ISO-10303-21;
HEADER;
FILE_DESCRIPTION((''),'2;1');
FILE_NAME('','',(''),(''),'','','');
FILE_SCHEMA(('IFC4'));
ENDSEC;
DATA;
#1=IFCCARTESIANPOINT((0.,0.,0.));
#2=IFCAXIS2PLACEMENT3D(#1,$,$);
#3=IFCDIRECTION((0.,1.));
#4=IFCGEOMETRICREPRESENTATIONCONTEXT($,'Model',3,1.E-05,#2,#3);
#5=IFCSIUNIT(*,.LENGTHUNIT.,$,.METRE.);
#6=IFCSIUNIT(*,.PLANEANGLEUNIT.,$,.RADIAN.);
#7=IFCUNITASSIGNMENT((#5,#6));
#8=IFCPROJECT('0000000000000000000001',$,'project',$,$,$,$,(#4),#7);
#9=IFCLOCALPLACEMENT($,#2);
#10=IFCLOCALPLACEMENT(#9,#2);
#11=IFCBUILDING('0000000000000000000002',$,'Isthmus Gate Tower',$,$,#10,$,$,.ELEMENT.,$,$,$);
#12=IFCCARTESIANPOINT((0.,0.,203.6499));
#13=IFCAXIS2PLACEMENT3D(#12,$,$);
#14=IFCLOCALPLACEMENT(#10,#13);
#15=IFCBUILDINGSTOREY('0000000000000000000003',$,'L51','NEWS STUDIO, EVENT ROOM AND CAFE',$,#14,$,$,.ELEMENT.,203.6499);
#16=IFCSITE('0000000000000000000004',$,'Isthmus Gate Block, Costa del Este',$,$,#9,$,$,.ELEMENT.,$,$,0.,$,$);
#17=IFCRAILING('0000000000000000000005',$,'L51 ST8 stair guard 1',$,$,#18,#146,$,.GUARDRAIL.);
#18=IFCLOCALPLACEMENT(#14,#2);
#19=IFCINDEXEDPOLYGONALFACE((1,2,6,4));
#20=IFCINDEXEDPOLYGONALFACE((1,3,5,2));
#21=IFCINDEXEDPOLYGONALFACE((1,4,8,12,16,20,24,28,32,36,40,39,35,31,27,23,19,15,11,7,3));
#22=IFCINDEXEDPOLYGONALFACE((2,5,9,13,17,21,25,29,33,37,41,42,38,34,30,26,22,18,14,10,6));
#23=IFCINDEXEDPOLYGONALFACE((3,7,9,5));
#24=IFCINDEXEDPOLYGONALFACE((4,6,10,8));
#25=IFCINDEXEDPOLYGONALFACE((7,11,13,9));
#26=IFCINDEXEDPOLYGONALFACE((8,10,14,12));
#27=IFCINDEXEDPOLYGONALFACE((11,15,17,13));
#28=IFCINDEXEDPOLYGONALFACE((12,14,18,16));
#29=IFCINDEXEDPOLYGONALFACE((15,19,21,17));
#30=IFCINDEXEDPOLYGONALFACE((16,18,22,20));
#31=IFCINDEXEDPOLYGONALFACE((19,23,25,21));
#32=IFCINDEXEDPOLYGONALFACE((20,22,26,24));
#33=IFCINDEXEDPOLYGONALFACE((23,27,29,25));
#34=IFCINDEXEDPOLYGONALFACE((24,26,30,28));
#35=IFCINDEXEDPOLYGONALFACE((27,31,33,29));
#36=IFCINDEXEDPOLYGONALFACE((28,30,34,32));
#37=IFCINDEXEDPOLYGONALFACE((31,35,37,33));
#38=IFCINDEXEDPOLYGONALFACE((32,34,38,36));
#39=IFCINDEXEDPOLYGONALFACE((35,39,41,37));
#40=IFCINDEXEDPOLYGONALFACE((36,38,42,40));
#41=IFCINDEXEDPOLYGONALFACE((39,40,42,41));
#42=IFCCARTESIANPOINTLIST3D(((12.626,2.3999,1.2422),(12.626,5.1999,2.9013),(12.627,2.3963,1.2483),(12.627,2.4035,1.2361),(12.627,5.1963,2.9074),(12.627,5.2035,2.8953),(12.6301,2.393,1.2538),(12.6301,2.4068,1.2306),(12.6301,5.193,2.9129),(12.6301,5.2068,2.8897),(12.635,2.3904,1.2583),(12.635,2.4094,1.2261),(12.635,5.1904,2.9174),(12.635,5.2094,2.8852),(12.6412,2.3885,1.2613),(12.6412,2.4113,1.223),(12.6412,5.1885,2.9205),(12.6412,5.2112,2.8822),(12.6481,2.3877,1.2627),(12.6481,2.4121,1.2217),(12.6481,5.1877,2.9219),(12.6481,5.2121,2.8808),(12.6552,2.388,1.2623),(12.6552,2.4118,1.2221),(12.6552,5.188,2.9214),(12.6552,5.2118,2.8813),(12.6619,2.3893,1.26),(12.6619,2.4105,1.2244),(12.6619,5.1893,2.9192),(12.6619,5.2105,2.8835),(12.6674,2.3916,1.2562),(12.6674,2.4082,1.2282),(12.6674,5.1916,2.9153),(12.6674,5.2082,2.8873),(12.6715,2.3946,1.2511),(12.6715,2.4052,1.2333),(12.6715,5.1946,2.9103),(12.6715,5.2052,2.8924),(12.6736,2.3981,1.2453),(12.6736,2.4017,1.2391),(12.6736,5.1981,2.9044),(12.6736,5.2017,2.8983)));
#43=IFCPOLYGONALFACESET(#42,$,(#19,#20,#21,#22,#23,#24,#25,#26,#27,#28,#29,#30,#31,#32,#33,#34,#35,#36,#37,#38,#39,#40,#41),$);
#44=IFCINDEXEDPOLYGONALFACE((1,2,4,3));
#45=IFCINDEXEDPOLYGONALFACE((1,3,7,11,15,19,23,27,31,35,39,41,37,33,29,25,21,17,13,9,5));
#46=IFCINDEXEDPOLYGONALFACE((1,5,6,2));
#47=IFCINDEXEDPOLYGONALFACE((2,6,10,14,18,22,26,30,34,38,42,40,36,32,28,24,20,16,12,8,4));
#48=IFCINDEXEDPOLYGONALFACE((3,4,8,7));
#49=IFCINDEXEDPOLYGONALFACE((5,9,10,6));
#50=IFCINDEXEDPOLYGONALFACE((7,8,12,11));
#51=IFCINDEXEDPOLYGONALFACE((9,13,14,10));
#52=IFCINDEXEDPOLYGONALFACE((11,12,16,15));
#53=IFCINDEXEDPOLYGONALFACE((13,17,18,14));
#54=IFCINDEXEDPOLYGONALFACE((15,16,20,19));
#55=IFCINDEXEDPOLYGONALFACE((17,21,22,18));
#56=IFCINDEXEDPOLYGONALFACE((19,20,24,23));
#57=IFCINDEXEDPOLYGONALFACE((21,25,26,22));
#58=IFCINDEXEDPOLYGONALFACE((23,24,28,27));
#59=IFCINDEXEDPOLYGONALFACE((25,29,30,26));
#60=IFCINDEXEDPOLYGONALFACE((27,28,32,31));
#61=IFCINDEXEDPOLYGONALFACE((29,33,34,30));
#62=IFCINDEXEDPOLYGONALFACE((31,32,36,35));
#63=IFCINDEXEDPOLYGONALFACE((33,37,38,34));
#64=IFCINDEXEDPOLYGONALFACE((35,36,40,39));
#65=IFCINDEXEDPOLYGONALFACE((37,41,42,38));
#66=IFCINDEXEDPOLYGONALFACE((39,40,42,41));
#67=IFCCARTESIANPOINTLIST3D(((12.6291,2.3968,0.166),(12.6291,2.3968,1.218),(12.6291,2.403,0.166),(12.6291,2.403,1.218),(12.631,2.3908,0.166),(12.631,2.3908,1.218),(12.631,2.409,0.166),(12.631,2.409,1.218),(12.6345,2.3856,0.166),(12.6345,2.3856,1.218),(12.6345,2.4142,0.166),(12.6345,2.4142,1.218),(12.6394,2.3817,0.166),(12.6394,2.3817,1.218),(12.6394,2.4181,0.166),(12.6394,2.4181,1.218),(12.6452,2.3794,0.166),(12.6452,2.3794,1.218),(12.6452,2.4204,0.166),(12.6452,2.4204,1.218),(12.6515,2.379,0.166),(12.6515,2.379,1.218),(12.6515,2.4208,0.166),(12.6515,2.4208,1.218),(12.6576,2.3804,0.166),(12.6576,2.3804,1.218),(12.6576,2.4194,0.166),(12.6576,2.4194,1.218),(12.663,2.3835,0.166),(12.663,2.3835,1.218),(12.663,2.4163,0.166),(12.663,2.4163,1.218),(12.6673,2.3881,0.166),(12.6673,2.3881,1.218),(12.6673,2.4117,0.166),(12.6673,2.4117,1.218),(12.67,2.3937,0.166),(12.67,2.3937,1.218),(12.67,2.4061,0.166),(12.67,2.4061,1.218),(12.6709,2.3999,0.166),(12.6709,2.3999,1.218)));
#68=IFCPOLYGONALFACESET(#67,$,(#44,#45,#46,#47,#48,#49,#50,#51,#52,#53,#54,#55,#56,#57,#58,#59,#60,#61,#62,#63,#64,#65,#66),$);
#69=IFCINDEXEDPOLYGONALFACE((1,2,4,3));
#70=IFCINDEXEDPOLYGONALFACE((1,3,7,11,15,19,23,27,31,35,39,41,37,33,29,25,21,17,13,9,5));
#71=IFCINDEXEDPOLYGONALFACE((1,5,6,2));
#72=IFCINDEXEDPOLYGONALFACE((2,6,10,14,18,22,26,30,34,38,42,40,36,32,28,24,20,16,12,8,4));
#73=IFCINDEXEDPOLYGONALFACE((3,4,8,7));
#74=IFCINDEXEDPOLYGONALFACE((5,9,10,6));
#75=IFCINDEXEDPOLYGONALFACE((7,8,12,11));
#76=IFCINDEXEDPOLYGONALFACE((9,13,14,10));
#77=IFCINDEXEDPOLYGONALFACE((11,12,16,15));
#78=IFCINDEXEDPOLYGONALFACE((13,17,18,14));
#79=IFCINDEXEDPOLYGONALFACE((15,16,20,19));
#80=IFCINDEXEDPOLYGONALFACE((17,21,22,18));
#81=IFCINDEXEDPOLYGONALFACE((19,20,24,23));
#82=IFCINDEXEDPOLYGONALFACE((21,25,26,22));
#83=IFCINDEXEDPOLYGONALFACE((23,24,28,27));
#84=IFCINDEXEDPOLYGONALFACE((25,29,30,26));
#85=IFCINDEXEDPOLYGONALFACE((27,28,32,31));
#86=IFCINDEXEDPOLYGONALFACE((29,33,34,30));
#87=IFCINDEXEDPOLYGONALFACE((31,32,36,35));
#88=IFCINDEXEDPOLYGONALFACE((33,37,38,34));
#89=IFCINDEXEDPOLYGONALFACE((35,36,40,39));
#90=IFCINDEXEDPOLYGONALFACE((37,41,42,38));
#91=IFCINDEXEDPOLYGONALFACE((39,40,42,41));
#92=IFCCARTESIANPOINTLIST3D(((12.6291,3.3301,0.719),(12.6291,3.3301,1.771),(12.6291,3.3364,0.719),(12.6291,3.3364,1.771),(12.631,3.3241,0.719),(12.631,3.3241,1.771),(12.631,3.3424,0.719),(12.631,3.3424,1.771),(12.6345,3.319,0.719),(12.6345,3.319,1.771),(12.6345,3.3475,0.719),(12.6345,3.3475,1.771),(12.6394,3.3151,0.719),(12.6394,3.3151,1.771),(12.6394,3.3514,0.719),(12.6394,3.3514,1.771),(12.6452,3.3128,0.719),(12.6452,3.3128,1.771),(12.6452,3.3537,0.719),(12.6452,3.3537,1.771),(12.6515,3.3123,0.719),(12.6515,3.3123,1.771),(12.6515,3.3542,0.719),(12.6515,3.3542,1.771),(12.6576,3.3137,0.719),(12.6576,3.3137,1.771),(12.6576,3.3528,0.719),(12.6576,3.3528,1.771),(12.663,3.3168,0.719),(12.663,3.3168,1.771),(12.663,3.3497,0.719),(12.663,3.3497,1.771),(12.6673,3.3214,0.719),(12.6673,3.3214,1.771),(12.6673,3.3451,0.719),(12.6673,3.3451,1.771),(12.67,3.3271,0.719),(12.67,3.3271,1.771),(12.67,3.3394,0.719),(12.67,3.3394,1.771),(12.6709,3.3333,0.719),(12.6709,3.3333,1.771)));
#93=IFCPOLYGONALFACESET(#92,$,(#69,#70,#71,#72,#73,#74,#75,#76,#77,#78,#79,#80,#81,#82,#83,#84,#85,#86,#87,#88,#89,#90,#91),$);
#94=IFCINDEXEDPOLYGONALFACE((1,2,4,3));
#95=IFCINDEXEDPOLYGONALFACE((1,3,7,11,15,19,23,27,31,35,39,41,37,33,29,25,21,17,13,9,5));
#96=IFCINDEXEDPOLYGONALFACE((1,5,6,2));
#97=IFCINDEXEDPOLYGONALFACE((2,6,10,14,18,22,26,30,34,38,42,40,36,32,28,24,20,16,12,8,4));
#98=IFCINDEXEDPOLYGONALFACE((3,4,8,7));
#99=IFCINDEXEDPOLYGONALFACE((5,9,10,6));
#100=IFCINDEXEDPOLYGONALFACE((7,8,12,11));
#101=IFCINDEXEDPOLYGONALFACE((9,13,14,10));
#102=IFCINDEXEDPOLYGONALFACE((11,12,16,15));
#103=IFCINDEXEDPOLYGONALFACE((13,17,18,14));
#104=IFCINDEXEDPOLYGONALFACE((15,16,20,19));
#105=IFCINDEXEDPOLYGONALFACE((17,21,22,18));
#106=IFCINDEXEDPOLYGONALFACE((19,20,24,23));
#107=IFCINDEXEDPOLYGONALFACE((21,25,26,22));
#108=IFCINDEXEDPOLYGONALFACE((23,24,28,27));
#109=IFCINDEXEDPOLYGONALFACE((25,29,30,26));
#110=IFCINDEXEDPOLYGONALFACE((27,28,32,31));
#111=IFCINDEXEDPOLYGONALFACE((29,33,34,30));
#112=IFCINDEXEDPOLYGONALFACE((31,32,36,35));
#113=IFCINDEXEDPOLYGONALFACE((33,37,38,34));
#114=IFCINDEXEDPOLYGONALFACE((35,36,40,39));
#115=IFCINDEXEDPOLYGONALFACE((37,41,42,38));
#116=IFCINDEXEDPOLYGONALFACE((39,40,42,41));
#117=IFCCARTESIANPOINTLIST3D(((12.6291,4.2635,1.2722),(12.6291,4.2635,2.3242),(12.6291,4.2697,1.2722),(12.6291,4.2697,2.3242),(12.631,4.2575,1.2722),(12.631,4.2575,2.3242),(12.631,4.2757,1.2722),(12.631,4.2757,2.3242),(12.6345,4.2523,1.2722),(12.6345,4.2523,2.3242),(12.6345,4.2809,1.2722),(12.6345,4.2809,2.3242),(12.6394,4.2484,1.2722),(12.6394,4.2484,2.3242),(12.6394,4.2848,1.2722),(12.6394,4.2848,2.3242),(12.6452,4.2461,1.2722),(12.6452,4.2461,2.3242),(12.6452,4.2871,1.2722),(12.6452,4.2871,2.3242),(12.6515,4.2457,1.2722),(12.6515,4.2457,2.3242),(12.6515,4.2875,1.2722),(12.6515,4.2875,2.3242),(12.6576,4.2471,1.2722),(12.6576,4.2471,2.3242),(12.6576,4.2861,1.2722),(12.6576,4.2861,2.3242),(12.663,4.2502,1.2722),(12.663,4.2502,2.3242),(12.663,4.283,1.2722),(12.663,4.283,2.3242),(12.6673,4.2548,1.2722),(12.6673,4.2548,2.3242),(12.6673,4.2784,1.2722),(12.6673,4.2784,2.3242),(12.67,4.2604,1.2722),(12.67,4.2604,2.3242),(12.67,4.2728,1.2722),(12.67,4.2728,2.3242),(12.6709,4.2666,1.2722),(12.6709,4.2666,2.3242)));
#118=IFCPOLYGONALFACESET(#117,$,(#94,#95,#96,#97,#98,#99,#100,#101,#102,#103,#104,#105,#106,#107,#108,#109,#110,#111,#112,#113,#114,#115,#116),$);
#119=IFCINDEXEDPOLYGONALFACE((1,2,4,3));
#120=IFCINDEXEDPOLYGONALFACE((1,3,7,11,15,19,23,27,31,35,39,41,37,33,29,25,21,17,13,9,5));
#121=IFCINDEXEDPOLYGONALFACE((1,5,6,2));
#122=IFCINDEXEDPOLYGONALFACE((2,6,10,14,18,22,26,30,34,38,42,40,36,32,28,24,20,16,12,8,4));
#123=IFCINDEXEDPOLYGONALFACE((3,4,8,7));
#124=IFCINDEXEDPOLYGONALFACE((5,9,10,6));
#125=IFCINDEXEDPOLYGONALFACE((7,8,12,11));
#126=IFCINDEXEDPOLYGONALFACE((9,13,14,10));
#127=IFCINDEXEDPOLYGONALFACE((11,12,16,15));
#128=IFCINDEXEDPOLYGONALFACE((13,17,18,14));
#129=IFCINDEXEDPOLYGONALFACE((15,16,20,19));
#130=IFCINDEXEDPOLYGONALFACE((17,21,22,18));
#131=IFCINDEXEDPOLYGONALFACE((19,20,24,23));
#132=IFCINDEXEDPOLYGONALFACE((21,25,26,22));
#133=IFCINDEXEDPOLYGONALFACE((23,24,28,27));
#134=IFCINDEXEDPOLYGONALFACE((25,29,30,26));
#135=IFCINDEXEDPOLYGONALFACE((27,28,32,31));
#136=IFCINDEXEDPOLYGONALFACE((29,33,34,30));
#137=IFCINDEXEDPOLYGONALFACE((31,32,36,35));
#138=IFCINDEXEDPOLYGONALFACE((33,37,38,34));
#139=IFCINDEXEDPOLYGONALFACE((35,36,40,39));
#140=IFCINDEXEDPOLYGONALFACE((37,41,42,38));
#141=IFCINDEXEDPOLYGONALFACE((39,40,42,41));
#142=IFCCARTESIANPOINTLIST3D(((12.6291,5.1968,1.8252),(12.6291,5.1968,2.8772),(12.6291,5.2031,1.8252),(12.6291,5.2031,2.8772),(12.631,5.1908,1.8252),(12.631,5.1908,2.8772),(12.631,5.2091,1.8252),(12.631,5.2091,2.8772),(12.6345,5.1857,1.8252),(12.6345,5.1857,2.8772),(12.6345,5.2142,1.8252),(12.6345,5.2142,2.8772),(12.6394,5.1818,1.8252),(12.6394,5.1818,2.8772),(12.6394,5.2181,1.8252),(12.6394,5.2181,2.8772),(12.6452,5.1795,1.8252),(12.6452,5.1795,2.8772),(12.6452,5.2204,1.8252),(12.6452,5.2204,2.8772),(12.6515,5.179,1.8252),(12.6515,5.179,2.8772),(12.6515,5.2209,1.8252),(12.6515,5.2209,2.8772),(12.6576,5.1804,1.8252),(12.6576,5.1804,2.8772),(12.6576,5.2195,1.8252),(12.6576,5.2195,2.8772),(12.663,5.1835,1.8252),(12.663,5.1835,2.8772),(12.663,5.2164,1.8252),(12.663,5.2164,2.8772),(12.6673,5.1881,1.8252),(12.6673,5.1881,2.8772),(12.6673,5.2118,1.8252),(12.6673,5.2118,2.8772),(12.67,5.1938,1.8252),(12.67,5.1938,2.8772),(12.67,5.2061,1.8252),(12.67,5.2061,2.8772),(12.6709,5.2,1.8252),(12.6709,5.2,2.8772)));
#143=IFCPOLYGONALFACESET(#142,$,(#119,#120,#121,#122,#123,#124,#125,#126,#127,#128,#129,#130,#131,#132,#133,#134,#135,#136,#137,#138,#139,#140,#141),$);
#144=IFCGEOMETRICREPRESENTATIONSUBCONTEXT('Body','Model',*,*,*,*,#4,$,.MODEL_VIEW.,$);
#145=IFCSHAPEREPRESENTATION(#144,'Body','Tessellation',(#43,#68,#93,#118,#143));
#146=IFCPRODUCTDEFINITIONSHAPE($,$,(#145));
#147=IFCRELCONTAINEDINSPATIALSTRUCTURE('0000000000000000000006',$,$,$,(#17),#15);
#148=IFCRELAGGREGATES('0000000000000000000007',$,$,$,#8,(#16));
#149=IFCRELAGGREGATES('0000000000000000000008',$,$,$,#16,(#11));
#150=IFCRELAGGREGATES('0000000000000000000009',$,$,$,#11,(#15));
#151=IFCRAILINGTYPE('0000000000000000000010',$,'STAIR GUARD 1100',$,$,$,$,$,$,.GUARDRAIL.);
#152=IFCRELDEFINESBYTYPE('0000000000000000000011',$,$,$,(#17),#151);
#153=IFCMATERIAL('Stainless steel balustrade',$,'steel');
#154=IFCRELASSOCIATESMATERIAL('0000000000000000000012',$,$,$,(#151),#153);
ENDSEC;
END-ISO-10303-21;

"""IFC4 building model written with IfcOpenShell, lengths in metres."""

from ifc_helpers import new_model, si_unit, direction, frame, origin, origin_2d, place, context, subcontext, project, spatial, circle, extrude, material, type_object, element, save


model = new_model("IFC4")

# Units and contexts
model_context = context("Model", 3, precision=1e-05, world=origin(), true_north=direction((0.0, 1.0)))
body_context = subcontext(model_context, "Body", "Model", "MODEL_VIEW")
ifc_project = project(units=[si_unit("LENGTHUNIT", "METRE"), si_unit("PLANEANGLEUNIT", "RADIAN")], contexts=[model_context])

# Site, building, storey
site_placement = place(None, origin())
site = spatial("IfcSite", under=ifc_project, at=site_placement, Name="Isthmus Gate Block, Costa del Este", CompositionType="ELEMENT", RefElevation=0.0)
building_placement = place(site_placement, origin())
building = spatial("IfcBuilding", under=site, at=building_placement, Name="Isthmus Gate Tower", CompositionType="ELEMENT")
storey_placement = place(building_placement, frame((0.0, 0.0, 203.6499)))
storey = spatial("IfcBuildingStorey", under=building, at=storey_placement, Name="L51", Description="NEWS STUDIO, EVENT ROOM AND CAFE", CompositionType="ELEMENT", Elevation=203.6499)

# Railing
ifc_material_1 = material(Name="Stainless steel balustrade", Category="steel")
railing_type_1 = type_object("IfcRailingType", Name="STAIR GUARD 1100", PredefinedType="GUARDRAIL", material=ifc_material_1)
for number, where, name in (
    (1, (12.6499, 2.3999, 0.166), "L51 ST8 stair guard 1"),
):
    element("IfcRailing", number, at=place(storey_placement, frame(where)), inside=storey, type_object=railing_type_1, Name=name, PredefinedType="GUARDRAIL", context=body_context, shape_type="SweptSolid", body=[
        extrude(circle(Radius=0.0239, at=origin_2d()), frame((0.0, 0.0, 1.0762), z_axis=(0.0, 0.860306, 0.509778), x_axis=(-1.0, 0.0, 0.0)), (0.0, 0.0, 1.0), 3.2546),
        extrude(circle(Radius=0.021, at=origin_2d()), origin(), (0.0, 0.0, 1.0), 1.052),
        extrude(circle(Radius=0.021, at=origin_2d()), frame((0.0, 0.9333, 0.553)), (0.0, 0.0, 1.0), 1.052),
        extrude(circle(Radius=0.021, at=origin_2d()), frame((0.0, 1.8667, 1.1062)), (0.0, 0.0, 1.0), 1.052),
        extrude(circle(Radius=0.021, at=origin_2d()), frame((0.0, 2.8, 1.6592)), (0.0, 0.0, 1.0), 1.052),
    ])

save(model, "model.ifc")
